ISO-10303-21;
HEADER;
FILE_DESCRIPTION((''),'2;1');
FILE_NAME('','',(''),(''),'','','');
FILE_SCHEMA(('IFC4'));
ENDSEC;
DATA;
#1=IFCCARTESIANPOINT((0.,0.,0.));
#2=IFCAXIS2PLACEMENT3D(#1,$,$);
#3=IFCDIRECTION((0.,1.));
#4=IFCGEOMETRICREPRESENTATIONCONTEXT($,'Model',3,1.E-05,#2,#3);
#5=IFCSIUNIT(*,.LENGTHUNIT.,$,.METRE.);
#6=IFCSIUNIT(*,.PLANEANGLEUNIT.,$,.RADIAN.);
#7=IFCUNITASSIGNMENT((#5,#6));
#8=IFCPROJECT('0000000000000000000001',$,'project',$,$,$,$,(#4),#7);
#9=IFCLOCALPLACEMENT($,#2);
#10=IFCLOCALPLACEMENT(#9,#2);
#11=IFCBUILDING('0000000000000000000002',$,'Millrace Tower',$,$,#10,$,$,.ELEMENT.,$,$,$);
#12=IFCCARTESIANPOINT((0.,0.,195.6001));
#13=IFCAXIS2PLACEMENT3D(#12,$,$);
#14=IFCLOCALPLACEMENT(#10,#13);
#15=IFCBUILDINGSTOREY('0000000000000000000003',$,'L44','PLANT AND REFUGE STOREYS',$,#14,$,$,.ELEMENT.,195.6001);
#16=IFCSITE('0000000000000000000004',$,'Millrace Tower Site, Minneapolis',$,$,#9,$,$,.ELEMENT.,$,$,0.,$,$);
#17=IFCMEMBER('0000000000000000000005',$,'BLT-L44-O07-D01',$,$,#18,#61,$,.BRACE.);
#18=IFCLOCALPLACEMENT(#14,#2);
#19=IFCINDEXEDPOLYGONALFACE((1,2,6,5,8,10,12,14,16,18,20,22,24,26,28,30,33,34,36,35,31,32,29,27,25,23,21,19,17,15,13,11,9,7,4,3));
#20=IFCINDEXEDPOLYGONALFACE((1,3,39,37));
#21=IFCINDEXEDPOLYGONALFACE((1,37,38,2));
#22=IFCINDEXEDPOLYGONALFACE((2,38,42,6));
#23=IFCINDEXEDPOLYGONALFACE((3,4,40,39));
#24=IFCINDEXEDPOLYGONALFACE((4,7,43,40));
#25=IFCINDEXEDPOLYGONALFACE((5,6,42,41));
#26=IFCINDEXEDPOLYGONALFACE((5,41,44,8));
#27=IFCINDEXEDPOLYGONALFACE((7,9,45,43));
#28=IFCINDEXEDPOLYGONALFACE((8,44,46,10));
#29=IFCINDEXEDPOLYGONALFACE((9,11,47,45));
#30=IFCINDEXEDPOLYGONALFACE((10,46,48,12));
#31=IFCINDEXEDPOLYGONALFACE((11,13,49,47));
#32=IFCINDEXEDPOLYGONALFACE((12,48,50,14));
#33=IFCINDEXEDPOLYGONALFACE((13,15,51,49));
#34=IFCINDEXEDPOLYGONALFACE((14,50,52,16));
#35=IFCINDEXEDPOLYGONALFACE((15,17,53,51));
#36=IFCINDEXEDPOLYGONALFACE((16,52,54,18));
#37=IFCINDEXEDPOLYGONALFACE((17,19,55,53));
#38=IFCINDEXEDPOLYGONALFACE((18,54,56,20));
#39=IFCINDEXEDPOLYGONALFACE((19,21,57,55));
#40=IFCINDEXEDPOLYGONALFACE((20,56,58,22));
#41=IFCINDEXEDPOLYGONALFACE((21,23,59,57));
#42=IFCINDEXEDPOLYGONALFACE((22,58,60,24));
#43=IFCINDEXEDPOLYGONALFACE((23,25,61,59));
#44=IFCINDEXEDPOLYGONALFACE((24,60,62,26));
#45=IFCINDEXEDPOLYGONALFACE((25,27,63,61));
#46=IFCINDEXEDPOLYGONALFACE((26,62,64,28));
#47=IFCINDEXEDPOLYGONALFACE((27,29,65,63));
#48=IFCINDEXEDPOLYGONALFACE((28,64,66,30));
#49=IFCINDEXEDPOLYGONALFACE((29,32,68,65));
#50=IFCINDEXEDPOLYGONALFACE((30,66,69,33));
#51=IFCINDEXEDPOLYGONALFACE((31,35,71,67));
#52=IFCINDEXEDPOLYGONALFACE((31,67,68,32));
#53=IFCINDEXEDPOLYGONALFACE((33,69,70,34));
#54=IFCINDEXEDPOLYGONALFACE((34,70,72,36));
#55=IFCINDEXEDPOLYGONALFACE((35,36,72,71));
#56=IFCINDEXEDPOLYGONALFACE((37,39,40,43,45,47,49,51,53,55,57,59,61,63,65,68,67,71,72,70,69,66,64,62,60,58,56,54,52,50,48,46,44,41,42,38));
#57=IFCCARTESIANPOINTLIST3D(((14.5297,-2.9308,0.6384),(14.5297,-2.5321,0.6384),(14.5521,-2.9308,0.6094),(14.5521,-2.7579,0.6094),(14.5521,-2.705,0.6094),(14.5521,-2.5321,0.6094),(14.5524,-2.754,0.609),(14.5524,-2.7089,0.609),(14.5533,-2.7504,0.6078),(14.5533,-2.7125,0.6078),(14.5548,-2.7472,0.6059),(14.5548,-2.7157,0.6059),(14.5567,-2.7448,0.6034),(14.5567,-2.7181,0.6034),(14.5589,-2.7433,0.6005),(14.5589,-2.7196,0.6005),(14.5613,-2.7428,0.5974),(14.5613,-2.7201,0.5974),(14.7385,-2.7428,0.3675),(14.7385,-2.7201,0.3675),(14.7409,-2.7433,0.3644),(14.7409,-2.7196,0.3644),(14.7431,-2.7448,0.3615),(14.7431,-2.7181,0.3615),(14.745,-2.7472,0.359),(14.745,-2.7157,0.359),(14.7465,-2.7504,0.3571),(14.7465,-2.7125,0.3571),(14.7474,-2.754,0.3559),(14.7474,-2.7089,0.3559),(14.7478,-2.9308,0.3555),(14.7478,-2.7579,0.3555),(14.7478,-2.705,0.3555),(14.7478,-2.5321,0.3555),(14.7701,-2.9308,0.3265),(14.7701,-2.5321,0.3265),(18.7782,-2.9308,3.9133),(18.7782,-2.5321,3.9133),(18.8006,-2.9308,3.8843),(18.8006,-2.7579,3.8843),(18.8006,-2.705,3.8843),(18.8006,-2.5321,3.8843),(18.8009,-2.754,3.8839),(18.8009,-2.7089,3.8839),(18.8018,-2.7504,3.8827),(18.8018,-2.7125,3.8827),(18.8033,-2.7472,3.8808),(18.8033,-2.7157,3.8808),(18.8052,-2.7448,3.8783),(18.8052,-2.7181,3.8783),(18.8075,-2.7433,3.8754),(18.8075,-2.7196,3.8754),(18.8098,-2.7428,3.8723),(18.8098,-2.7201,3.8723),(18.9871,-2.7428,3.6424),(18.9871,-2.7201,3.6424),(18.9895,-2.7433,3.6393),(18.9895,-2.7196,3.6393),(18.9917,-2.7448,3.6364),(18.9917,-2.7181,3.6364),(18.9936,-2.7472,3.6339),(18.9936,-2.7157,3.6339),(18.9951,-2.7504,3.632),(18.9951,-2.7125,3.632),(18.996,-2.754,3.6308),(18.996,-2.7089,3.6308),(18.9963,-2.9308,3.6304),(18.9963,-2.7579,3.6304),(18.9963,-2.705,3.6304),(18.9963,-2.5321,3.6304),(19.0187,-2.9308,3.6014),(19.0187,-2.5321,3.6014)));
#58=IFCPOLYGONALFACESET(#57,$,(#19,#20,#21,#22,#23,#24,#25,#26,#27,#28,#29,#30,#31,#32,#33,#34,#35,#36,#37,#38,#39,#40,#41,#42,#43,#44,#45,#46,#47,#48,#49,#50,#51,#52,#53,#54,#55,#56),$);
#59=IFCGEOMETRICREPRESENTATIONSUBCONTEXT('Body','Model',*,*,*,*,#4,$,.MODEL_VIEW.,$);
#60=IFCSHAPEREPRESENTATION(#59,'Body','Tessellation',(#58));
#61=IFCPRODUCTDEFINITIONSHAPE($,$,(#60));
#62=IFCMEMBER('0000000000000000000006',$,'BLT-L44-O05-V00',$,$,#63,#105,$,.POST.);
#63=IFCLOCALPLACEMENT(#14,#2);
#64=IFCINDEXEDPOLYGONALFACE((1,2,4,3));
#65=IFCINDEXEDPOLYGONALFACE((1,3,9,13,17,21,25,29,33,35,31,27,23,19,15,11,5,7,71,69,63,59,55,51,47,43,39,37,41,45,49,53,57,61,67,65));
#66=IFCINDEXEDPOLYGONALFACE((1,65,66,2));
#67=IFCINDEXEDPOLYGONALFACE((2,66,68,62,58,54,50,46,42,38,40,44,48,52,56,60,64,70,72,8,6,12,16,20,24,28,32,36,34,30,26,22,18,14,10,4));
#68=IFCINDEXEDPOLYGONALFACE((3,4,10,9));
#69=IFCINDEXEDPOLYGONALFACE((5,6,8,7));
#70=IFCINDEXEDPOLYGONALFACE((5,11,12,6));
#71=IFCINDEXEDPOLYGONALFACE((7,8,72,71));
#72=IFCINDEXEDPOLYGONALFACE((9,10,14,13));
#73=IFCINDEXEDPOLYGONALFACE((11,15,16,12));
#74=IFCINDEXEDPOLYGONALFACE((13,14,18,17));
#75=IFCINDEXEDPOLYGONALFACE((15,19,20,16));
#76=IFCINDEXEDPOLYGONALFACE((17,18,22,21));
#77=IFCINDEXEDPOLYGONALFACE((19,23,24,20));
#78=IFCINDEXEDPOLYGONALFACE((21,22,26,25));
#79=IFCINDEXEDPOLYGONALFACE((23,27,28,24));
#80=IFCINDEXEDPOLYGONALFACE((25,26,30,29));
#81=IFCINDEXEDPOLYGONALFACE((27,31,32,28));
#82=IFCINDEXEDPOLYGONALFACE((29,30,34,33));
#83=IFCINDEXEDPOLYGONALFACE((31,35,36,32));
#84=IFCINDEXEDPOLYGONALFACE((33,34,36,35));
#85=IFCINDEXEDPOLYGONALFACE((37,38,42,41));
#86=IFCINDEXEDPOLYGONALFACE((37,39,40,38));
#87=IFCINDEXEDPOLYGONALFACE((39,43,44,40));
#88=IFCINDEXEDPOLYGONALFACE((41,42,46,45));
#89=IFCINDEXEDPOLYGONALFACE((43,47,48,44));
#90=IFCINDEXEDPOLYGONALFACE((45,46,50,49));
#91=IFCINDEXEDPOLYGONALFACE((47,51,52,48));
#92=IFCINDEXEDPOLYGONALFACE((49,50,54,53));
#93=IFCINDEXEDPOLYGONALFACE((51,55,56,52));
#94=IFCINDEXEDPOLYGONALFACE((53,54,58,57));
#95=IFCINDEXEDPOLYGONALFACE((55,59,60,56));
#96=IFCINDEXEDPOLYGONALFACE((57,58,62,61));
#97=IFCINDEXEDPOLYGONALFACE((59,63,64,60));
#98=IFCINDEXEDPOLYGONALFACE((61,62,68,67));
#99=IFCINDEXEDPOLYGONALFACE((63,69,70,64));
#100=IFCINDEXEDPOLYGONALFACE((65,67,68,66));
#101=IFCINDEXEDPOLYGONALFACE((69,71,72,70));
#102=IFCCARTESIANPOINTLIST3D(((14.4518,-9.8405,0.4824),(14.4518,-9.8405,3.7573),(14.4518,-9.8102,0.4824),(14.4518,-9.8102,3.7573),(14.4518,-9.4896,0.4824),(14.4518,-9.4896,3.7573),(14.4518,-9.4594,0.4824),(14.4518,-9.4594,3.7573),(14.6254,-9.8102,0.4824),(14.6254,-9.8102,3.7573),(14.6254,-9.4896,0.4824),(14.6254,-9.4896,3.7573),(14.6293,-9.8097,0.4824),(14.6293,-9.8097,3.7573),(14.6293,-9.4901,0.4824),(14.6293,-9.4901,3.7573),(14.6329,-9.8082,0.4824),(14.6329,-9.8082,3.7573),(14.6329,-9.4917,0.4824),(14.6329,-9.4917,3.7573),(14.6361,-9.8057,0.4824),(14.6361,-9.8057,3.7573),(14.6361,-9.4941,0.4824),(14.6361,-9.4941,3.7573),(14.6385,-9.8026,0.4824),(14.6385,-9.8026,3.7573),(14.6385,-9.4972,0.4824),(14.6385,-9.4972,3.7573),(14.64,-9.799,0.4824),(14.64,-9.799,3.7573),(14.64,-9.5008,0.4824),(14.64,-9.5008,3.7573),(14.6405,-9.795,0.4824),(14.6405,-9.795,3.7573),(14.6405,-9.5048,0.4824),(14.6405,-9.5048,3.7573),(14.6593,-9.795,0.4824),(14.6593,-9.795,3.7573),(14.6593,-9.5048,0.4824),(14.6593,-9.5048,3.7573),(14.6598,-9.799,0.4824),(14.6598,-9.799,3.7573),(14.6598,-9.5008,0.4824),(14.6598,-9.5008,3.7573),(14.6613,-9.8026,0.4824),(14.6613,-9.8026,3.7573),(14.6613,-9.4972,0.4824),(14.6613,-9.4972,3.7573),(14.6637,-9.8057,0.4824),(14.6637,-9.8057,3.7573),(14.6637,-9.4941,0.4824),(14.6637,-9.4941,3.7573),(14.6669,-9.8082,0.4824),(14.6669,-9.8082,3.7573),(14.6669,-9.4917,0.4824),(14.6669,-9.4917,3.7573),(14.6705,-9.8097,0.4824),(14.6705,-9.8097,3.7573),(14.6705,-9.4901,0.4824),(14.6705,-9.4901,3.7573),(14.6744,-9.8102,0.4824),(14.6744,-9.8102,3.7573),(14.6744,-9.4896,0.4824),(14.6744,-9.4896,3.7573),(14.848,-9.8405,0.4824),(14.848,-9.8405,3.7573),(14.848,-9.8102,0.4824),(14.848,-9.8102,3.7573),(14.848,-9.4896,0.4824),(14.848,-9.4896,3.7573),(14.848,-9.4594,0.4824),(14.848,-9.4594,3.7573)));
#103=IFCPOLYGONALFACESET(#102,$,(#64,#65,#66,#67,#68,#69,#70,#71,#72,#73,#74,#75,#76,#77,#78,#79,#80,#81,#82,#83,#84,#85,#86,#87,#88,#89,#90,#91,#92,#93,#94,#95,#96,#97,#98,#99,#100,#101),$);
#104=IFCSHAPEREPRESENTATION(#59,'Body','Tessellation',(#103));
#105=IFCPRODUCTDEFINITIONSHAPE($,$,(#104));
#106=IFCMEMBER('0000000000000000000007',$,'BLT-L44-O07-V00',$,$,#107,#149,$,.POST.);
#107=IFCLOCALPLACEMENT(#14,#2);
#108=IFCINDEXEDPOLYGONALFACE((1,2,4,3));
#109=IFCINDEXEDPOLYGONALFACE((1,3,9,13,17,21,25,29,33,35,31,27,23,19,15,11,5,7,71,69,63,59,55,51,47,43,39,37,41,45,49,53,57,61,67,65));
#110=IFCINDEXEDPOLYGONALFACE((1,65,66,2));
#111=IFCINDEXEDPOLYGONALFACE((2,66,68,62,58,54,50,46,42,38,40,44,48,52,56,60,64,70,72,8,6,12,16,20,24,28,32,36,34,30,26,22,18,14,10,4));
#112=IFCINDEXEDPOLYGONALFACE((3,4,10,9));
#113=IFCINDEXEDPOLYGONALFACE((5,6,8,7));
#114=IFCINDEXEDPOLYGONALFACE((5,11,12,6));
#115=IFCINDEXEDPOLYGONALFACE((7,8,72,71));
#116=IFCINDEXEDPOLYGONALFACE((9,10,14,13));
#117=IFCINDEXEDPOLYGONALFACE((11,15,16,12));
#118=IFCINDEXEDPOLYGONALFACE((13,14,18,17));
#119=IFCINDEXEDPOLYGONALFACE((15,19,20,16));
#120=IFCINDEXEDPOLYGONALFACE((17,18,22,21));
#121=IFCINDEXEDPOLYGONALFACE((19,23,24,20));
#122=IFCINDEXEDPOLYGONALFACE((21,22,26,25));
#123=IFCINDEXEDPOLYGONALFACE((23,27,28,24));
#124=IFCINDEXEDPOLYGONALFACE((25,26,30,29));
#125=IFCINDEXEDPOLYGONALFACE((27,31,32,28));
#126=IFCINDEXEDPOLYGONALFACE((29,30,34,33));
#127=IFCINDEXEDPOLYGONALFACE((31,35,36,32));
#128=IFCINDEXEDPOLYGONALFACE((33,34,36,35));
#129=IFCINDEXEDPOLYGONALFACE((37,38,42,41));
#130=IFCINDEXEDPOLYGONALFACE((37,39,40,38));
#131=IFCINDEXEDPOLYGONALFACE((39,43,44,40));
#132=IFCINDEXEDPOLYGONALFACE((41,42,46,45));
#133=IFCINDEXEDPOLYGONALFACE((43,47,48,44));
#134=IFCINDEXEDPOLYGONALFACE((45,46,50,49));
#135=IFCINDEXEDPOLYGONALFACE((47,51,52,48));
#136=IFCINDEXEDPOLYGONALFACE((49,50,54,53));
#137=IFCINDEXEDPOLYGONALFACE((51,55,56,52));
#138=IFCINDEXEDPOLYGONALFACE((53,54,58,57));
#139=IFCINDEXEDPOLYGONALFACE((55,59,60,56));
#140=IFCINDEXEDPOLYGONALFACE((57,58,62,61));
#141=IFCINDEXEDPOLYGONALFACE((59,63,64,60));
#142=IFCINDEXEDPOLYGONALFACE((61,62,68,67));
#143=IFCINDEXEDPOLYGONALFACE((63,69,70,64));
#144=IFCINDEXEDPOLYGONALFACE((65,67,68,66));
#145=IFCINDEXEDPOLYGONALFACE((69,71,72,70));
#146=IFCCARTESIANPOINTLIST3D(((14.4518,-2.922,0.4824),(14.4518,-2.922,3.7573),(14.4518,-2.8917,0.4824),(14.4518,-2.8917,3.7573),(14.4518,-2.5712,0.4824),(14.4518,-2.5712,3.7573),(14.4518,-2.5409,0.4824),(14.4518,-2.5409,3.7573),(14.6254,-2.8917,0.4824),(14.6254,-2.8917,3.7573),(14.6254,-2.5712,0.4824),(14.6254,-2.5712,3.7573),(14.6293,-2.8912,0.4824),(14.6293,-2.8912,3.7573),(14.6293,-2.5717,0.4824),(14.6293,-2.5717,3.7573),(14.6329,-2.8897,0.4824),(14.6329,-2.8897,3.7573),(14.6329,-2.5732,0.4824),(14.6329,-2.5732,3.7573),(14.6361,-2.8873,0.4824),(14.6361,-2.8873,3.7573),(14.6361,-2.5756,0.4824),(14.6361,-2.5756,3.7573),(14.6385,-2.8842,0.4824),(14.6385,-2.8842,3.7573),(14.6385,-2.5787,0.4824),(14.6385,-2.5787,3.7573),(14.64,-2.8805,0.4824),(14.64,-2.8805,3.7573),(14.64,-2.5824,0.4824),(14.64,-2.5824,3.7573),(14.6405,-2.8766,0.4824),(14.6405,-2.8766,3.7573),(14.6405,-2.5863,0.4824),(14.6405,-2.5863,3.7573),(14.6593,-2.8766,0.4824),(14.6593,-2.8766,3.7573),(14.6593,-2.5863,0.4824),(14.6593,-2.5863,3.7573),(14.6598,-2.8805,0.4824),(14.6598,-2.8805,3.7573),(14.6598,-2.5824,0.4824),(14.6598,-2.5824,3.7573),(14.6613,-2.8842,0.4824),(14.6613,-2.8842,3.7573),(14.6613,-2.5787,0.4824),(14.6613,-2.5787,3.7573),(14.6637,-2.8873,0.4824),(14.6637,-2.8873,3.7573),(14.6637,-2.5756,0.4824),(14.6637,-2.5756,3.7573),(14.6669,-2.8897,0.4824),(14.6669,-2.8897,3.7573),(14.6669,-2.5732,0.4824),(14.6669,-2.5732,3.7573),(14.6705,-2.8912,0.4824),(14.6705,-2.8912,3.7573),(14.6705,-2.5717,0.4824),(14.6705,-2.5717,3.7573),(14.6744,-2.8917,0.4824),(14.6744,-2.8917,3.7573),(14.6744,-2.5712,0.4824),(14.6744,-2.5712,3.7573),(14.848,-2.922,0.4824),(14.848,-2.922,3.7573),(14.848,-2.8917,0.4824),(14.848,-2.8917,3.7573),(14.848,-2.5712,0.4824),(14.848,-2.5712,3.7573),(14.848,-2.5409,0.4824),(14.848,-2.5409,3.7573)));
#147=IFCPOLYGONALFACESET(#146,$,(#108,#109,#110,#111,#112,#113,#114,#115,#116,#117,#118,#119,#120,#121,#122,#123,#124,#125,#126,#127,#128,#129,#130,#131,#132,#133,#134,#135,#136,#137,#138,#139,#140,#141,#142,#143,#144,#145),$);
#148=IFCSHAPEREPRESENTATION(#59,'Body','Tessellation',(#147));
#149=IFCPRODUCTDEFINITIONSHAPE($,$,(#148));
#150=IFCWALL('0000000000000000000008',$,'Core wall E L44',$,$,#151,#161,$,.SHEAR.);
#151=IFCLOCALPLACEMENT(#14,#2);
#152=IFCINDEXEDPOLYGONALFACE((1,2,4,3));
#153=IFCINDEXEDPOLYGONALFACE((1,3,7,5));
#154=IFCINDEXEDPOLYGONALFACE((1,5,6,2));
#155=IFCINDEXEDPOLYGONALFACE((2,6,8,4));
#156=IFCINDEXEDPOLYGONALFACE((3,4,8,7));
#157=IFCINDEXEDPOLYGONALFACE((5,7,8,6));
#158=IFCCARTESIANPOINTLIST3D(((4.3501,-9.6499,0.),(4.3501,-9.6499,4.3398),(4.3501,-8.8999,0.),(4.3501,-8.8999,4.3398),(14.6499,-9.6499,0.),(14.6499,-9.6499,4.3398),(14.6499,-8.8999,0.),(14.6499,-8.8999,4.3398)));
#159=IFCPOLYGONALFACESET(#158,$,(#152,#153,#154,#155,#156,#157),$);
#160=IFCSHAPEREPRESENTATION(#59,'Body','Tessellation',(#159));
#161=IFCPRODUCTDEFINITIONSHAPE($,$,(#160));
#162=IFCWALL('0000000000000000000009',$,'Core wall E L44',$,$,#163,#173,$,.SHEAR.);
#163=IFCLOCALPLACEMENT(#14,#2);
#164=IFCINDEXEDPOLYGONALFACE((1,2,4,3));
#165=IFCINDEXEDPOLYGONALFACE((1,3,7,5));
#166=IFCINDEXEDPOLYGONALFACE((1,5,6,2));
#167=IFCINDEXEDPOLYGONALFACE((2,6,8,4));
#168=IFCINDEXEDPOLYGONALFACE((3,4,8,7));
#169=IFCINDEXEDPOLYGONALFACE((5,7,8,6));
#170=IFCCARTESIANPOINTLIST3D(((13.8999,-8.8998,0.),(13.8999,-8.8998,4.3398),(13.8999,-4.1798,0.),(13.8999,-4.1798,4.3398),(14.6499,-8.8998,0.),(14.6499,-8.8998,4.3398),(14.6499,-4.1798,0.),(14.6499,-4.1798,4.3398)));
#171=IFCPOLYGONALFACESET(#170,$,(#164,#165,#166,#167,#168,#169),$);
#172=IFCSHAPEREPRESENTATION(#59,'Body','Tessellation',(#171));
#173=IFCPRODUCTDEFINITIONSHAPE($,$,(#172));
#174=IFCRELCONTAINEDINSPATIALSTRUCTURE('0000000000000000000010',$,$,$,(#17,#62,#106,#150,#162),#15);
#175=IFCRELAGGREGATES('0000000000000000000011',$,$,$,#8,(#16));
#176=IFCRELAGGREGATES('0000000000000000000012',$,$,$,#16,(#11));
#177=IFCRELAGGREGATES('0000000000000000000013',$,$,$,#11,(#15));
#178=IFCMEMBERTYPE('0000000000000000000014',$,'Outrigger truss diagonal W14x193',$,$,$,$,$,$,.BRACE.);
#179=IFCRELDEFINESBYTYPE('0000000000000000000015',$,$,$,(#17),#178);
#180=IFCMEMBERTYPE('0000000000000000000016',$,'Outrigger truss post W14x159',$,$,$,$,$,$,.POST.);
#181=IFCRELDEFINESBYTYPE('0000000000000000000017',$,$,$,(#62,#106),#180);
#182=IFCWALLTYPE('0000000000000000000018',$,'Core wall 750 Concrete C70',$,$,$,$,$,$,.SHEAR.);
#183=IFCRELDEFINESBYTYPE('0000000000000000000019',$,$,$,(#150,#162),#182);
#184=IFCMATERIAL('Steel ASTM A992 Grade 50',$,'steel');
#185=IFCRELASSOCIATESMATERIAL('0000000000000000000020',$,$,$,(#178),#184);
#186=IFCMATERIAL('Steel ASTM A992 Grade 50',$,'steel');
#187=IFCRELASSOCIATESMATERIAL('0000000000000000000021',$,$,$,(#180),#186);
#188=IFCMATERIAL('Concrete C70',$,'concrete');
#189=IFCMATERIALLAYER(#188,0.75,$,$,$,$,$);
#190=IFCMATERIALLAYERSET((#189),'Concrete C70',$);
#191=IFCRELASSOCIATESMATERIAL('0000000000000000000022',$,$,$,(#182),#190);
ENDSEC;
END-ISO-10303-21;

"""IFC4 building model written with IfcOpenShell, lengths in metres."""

from ifc_helpers import new_model, si_unit, direction, frame, frame_2d, origin, origin_2d, place, context, subcontext, project, spatial, rectangle, i_section, extrude, material, layer, layer_set, material_profile, profile_set, type_object, element, save


model = new_model("IFC4")

# Units and contexts
model_context = context("Model", 3, precision=1e-05, world=origin(), true_north=direction((0.0, 1.0)))
body_context = subcontext(model_context, "Body", "Model", "MODEL_VIEW")
ifc_project = project(units=[si_unit("LENGTHUNIT", "METRE"), si_unit("PLANEANGLEUNIT", "RADIAN")], contexts=[model_context])

# Site, building, storey
site_placement = place(None, origin())
site = spatial("IfcSite", under=ifc_project, at=site_placement, Name="Millrace Tower Site, Minneapolis", CompositionType="ELEMENT", RefElevation=0.0)
building_placement = place(site_placement, origin())
building = spatial("IfcBuilding", under=site, at=building_placement, Name="Millrace Tower", CompositionType="ELEMENT")
storey_placement = place(building_placement, frame((0.0, 0.0, 195.6001)))
storey = spatial("IfcBuildingStorey", under=building, at=storey_placement, Name="L44", Description="PLANT AND REFUGE STOREYS", CompositionType="ELEMENT", Elevation=195.6001)

# Members
ifc_material_1 = material(Name="Steel ASTM A992 Grade 50", Category="steel")
ifc_material_profile_1 = material_profile(ifc_material_1, i_section(OverallWidth=0.3987, OverallDepth=0.3938, WebThickness=0.0227, FlangeThickness=0.0366, FilletRadius=0.0151, at=origin_2d()))
ifc_profile_set_1 = profile_set([ifc_material_profile_1], Name="Steel ASTM A992 Grade 50")
member_type_1 = type_object("IfcMemberType", Name="Outrigger truss diagonal W14x193", PredefinedType="BRACE", material=ifc_profile_set_1)
member_1_placement = place(storey_placement, frame((14.6499, -2.7314, 0.4824), z_axis=(0.792011, 0.0, 0.610507), x_axis=(0.0, 1.0, 0.0)))
element("IfcMember", 1, at=member_1_placement, inside=storey, type_object=member_type_1, Name="BLT-L44-O07-D01", PredefinedType="BRACE", context=body_context, shape_type="SweptSolid", body=[
    extrude(i_section(OverallWidth=0.3987, OverallDepth=0.3938, WebThickness=0.0227, FlangeThickness=0.0366, FilletRadius=0.0151, at=origin_2d()), origin(), (0.0, 0.0, 1.0), 5.3643),
])
ifc_material_2 = material(Name="Steel ASTM A992 Grade 50", Category="steel")
ifc_material_profile_2 = material_profile(ifc_material_2, i_section(OverallWidth=0.3962, OverallDepth=0.3811, WebThickness=0.0188, FlangeThickness=0.0303, FilletRadius=0.0151, at=origin_2d()))
ifc_profile_set_2 = profile_set([ifc_material_profile_2], Name="Steel ASTM A992 Grade 50")
member_type_2 = type_object("IfcMemberType", Name="Outrigger truss post W14x159", PredefinedType="POST", material=ifc_profile_set_2)
for number, where, z_axis, x_axis, name in (
    (2, (14.6499, -9.6499, 0.4824), (0.0, 0.0, 1.0), (1.0, 0.0, 0.0), "BLT-L44-O05-V00"),
    (3, (14.6499, -2.7314, 0.4824), (0.0, 0.0, 1.0), (1.0, 0.0, 0.0), "BLT-L44-O07-V00"),
):
    element("IfcMember", number, at=place(storey_placement, frame(where, z_axis=z_axis, x_axis=x_axis)), inside=storey, type_object=member_type_2, Name=name, PredefinedType="POST", context=body_context, shape_type="SweptSolid", body=[
        extrude(i_section(OverallWidth=0.3962, OverallDepth=0.3811, WebThickness=0.0188, FlangeThickness=0.0303, FilletRadius=0.0151, at=origin_2d()), origin(), (0.0, 0.0, 1.0), 3.2749),
    ])

# Walls
ifc_material_3 = material(Name="Concrete C70", Category="concrete")
ifc_layer_1 = layer(ifc_material_3, 0.75)
ifc_layer_set_1 = layer_set([ifc_layer_1], Name="Concrete C70")
wall_type_1 = type_object("IfcWallType", Name="Core wall 750 Concrete C70", PredefinedType="SHEAR", material=ifc_layer_set_1)
wall_1_placement = place(storey_placement, frame((14.6499, -9.2749, 0.0), z_axis=(0.0, 0.0, 1.0), x_axis=(-1.0, 0.0, 0.0)))
element("IfcWall", 4, at=wall_1_placement, inside=storey, type_object=wall_type_1, Name="Core wall E L44", PredefinedType="SHEAR", context=body_context, shape_type="SweptSolid", body=[
    extrude(rectangle(XDim=10.2998, YDim=0.75, at=frame_2d((5.1499, 0.0))), origin(), (0.0, 0.0, 1.0), 4.3398),
])
wall_2_placement = place(storey_placement, frame((14.2749, -4.1799, 0.0), z_axis=(0.0, 0.0, 1.0), x_axis=(0.0, -1.0, 0.0)))
element("IfcWall", 5, at=wall_2_placement, inside=storey, type_object=wall_type_1, Name="Core wall E L44", PredefinedType="SHEAR", context=body_context, shape_type="SweptSolid", body=[
    extrude(rectangle(XDim=4.72, YDim=0.75, at=frame_2d((2.3599, 0.0))), origin(), (0.0, 0.0, 1.0), 4.3398),
])

save(model, "model.ifc")
